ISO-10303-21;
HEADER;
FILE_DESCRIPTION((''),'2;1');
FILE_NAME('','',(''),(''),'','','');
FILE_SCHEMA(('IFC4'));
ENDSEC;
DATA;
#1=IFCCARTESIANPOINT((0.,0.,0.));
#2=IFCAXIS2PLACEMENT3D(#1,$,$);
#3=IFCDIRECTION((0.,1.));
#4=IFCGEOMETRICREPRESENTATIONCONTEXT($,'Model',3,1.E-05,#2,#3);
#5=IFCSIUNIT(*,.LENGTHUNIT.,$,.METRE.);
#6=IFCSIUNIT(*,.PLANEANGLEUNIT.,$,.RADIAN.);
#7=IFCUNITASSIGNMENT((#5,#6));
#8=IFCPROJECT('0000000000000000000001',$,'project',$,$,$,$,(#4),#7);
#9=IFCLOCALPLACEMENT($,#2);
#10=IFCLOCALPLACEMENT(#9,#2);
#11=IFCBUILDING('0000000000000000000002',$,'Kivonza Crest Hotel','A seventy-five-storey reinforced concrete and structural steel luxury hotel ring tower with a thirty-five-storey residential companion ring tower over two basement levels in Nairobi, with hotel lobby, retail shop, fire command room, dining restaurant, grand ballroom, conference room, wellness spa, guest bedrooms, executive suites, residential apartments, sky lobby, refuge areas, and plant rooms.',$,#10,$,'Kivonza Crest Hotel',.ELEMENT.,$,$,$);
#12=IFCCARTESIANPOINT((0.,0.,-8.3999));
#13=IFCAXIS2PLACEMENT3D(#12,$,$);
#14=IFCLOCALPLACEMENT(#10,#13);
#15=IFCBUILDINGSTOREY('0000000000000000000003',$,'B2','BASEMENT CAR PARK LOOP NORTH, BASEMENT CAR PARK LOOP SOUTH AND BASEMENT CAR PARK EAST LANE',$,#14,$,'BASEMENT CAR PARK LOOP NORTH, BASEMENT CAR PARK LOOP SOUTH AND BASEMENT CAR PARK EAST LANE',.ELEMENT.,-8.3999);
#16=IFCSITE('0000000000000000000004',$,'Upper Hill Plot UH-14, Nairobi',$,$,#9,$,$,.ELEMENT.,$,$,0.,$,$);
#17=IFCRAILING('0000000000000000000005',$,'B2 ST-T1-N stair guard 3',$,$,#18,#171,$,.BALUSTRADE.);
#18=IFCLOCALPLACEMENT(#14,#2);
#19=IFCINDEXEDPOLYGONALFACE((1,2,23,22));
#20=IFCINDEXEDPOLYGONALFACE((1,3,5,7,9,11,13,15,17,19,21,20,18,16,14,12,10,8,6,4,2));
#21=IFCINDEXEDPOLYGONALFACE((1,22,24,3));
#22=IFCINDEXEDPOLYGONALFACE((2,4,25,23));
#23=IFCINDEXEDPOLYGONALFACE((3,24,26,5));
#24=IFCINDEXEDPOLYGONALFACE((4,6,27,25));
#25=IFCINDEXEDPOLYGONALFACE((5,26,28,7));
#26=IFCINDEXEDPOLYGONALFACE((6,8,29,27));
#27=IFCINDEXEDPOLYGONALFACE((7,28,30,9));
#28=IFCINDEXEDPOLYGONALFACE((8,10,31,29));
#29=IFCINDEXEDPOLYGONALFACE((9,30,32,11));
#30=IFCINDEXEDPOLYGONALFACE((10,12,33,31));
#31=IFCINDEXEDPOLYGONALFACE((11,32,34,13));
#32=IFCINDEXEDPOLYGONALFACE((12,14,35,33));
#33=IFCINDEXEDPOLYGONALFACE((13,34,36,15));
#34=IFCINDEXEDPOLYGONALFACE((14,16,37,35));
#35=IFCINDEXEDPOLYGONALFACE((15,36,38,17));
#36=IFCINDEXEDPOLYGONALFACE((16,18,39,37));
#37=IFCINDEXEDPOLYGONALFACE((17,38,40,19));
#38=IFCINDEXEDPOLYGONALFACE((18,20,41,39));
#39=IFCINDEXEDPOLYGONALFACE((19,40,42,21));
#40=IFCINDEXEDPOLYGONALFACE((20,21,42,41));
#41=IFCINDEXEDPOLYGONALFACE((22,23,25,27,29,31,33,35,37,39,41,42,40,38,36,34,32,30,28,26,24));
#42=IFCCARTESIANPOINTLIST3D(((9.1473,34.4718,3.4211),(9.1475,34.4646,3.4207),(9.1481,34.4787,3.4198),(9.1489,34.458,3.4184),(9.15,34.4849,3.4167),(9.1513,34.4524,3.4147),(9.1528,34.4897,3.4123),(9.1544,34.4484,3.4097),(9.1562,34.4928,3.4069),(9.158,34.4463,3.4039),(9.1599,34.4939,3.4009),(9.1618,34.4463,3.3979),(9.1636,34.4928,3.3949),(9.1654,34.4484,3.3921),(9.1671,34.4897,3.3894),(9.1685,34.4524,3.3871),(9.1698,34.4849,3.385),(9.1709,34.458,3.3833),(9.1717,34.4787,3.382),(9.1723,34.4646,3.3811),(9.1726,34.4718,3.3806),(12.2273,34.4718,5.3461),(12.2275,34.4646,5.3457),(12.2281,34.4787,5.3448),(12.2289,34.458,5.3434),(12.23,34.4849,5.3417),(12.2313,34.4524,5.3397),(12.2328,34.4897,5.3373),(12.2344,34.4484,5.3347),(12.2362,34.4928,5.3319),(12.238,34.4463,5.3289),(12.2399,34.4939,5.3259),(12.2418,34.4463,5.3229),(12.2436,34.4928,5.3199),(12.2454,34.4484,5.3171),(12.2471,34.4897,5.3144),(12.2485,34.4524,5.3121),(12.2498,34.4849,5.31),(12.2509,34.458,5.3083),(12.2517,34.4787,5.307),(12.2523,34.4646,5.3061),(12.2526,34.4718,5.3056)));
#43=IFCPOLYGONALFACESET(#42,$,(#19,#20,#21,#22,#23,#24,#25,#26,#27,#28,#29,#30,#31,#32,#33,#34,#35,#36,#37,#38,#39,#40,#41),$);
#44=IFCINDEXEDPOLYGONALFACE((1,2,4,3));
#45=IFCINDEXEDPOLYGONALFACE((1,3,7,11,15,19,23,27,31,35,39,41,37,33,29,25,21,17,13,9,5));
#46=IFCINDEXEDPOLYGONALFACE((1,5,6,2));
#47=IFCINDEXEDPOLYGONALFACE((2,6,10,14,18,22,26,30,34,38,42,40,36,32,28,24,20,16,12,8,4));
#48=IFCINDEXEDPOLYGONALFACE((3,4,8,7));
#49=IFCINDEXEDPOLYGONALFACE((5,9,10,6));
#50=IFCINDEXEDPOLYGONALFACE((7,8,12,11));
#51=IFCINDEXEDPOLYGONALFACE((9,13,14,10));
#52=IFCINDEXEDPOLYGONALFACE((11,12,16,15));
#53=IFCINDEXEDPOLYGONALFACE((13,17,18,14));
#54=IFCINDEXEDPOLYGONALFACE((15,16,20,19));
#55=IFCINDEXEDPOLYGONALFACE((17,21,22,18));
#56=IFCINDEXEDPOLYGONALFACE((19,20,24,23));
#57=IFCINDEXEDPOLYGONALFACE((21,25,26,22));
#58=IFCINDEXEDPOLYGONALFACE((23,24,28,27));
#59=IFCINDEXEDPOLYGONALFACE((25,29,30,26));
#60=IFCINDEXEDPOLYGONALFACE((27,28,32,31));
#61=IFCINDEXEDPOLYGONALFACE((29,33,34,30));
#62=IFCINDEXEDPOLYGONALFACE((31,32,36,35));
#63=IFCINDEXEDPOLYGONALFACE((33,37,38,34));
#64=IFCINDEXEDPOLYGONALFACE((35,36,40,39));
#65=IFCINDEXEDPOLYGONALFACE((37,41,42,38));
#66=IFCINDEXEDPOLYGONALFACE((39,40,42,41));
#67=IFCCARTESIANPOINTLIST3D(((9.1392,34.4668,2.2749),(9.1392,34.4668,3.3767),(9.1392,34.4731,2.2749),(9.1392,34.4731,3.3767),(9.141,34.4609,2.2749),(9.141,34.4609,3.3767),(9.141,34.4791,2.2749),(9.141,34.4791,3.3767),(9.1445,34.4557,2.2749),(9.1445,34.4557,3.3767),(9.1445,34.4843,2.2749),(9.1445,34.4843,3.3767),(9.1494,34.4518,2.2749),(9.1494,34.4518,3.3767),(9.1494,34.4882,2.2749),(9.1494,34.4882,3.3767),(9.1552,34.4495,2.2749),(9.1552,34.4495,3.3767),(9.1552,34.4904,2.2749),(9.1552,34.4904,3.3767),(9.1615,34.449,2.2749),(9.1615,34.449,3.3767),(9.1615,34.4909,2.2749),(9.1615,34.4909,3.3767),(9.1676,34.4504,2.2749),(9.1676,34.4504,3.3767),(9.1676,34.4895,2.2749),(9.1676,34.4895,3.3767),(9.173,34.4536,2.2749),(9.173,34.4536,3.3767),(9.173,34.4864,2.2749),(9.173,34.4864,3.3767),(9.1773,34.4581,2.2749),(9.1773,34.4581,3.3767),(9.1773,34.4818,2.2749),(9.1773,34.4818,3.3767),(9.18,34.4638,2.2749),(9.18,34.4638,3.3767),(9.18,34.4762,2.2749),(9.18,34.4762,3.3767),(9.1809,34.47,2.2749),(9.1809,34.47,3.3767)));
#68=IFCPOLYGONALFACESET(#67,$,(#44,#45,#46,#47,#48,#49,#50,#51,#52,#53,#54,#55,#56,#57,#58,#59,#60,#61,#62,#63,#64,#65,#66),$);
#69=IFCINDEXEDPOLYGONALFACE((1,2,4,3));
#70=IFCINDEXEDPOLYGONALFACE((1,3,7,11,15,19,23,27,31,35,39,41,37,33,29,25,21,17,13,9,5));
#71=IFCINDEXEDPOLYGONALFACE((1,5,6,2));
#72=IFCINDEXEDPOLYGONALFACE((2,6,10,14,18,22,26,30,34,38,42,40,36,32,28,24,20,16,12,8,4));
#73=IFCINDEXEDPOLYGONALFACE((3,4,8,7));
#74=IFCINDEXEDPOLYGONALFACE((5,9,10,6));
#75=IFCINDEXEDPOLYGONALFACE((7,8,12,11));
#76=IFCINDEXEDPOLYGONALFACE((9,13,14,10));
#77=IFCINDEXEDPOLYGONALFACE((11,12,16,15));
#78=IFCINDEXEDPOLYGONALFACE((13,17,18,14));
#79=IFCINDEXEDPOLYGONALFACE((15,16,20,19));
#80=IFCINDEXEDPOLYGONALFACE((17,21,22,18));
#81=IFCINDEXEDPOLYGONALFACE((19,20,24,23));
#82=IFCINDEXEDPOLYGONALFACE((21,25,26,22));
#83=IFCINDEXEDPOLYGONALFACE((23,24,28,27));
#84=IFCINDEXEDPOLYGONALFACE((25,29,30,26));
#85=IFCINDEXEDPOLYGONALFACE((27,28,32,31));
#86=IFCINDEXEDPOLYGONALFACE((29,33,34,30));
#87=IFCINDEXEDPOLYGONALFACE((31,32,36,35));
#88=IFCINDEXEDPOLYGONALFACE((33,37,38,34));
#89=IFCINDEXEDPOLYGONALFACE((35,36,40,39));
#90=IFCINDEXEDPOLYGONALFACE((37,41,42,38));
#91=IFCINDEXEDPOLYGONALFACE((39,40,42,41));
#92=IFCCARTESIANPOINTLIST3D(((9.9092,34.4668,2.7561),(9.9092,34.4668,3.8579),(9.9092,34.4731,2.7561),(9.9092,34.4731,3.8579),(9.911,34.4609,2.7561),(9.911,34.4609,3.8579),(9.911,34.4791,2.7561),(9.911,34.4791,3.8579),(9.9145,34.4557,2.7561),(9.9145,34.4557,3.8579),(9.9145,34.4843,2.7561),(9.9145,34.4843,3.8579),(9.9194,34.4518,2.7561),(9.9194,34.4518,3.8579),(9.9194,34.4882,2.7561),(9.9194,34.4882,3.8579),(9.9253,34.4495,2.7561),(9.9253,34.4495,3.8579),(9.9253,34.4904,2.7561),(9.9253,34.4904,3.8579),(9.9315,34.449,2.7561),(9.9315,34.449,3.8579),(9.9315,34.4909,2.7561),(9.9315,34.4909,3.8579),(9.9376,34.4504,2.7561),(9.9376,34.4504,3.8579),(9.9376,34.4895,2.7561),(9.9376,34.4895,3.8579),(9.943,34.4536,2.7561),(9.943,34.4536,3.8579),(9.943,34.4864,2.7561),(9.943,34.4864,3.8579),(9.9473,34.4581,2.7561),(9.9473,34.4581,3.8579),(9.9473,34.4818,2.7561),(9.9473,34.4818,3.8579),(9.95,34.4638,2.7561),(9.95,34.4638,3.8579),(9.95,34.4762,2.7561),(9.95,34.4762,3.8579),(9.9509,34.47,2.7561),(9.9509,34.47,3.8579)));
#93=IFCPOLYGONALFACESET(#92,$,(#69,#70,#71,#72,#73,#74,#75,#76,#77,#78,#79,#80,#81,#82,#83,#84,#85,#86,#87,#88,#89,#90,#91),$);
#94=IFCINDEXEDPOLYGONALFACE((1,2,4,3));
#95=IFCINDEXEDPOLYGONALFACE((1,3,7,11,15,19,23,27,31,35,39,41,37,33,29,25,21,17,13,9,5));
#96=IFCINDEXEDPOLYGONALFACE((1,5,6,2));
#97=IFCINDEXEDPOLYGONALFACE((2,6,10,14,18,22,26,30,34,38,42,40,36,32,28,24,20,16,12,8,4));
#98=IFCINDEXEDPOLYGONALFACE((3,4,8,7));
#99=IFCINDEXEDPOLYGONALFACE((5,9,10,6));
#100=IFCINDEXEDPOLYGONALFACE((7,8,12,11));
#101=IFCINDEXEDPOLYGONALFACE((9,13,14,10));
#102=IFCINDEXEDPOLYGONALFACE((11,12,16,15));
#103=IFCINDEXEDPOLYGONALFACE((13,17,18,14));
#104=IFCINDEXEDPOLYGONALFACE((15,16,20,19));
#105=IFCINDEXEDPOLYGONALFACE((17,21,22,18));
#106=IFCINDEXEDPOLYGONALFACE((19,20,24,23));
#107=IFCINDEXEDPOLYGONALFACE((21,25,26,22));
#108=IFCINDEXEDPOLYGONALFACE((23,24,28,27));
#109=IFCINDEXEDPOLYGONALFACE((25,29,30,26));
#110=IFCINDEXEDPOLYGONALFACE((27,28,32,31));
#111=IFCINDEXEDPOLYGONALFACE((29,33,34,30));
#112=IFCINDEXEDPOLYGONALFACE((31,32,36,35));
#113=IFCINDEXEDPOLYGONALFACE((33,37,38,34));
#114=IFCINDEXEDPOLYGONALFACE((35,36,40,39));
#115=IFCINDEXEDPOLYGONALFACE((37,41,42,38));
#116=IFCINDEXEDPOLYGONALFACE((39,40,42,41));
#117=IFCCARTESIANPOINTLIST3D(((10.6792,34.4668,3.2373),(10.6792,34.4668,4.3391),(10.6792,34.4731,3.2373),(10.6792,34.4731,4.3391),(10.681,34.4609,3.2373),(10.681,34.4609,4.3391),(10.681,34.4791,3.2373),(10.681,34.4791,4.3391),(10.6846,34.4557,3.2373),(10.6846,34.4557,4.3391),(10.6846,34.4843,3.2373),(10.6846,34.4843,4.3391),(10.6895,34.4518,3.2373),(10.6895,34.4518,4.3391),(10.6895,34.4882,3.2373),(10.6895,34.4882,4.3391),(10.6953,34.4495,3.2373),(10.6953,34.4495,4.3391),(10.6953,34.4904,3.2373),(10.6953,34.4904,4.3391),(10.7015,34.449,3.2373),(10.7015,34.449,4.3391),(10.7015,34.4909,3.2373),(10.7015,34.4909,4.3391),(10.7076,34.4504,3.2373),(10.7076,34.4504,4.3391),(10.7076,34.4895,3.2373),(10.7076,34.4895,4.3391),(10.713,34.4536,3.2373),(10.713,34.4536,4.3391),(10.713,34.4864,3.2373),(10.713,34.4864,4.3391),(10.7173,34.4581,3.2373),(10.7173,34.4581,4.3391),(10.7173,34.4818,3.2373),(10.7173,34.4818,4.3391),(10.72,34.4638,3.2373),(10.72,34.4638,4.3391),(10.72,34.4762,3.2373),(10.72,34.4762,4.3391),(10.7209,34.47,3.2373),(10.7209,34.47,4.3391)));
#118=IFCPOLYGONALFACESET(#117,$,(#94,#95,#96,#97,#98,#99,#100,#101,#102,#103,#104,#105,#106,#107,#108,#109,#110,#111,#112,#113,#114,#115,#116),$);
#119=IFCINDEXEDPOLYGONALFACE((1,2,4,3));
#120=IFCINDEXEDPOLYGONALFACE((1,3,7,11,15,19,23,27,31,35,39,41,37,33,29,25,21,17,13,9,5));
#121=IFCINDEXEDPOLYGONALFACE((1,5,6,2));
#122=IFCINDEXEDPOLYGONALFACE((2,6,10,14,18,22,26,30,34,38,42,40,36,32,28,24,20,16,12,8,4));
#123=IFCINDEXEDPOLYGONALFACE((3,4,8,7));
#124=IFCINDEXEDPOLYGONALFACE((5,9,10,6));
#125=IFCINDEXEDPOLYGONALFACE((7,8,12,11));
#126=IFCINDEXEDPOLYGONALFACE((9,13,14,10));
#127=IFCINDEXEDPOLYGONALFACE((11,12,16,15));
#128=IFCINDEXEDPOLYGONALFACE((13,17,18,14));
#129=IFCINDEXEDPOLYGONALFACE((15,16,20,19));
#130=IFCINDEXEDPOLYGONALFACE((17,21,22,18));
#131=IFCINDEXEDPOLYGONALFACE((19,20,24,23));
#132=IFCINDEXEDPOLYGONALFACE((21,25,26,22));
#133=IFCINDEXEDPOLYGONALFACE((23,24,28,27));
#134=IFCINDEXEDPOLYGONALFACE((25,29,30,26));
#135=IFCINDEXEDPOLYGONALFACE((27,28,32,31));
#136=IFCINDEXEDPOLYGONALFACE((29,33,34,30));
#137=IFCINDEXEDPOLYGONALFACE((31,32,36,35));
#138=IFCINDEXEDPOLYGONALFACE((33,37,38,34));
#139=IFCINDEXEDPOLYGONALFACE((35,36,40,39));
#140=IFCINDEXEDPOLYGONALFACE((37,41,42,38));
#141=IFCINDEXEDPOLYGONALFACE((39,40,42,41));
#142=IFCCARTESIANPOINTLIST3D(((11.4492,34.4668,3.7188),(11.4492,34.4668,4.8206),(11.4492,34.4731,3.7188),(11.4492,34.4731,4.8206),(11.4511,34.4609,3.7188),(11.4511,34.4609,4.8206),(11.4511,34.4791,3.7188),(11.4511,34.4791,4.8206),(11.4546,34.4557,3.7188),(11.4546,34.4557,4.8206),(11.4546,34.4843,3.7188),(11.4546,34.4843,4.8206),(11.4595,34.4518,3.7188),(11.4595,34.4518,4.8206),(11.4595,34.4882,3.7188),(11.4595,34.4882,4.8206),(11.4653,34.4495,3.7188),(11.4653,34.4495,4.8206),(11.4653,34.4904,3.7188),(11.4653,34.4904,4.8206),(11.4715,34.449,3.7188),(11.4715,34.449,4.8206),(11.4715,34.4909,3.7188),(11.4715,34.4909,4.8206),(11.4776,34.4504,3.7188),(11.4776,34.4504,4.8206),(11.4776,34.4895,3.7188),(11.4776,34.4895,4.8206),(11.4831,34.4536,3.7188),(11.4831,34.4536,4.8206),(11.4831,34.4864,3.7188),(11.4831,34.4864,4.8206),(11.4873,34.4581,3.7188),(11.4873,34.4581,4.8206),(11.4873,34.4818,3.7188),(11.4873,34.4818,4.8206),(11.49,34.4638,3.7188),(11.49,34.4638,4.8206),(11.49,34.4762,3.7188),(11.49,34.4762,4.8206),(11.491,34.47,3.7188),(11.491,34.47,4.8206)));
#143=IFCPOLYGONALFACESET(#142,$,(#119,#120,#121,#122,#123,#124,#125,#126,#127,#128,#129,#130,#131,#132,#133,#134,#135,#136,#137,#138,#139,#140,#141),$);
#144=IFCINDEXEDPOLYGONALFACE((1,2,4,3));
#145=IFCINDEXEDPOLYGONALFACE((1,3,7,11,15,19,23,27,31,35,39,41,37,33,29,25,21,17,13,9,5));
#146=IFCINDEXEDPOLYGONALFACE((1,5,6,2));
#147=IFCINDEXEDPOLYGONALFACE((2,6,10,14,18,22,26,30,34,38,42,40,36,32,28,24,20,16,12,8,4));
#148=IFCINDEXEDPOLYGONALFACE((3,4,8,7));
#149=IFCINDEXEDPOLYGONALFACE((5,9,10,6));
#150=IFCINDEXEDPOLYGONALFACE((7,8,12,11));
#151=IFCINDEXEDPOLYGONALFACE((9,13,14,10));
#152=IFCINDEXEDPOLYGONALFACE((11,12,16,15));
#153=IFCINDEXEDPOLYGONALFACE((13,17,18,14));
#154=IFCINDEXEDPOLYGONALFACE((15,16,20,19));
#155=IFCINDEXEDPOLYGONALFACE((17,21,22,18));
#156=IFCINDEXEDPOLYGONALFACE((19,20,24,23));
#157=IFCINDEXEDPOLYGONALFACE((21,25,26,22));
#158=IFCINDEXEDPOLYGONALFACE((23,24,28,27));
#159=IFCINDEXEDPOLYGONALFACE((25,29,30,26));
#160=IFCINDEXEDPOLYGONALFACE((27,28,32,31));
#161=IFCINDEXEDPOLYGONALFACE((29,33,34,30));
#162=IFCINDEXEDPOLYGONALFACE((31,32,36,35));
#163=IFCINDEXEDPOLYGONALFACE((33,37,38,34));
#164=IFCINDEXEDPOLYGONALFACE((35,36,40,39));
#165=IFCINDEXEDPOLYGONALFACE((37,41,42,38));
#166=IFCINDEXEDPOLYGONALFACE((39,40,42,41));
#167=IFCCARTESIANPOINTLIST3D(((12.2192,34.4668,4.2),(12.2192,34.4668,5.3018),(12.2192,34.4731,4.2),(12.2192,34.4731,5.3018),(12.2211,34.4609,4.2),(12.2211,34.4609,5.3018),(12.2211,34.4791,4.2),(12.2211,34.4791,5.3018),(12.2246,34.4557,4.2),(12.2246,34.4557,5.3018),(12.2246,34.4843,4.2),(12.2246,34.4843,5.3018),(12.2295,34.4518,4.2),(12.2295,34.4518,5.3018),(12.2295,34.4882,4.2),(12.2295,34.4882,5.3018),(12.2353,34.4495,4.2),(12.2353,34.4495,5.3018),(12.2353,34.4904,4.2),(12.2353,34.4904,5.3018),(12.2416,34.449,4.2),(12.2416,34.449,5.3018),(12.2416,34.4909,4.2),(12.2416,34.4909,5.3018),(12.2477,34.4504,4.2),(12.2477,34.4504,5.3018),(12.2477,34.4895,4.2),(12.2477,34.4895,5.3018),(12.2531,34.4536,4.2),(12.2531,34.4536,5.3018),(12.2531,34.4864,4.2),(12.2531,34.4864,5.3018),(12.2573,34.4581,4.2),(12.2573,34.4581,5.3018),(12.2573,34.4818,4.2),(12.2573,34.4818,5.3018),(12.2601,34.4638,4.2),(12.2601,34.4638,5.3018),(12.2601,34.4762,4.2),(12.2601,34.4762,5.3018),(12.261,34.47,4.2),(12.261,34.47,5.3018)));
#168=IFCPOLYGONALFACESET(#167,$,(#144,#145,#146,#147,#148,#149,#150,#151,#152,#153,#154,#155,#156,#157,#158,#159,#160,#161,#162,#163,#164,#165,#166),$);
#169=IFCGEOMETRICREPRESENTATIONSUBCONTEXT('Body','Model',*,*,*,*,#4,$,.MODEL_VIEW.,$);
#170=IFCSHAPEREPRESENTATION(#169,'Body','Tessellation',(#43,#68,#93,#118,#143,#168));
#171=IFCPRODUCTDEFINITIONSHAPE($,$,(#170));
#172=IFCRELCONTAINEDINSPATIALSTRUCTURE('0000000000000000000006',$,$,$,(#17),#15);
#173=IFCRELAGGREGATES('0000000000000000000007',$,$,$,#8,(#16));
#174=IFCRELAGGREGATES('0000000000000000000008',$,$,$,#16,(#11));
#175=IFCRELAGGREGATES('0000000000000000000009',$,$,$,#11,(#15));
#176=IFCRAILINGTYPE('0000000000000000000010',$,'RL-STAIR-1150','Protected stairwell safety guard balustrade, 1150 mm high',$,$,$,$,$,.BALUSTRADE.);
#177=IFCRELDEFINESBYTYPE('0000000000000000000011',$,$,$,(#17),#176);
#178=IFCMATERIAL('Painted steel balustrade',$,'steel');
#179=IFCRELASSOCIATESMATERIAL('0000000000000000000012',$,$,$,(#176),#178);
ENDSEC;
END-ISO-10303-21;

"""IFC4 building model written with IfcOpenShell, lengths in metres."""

from ifc_helpers import new_model, si_unit, direction, frame, origin, origin_2d, place, context, subcontext, project, spatial, circle, extrude, material, type_object, element, save


model = new_model("IFC4")

# Units and contexts
model_context = context("Model", 3, precision=1e-05, world=origin(), true_north=direction((0.0, 1.0)))
body_context = subcontext(model_context, "Body", "Model", "MODEL_VIEW")
ifc_project = project(units=[si_unit("LENGTHUNIT", "METRE"), si_unit("PLANEANGLEUNIT", "RADIAN")], contexts=[model_context])

# Site, building, storey
site_placement = place(None, origin())
site = spatial("IfcSite", under=ifc_project, at=site_placement, Name="Upper Hill Plot UH-14, Nairobi", CompositionType="ELEMENT", RefElevation=0.0)
building_placement = place(site_placement, origin())
building = spatial("IfcBuilding", under=site, at=building_placement, Name="Kivonza Crest Hotel", Description="A seventy-five-storey reinforced concrete and structural steel luxury hotel ring tower with a thirty-five-storey residential companion ring tower over two basement levels in Nairobi, with hotel lobby, retail shop, fire command room, dining restaurant, grand ballroom, conference room, wellness spa, guest bedrooms, executive suites, residential apartments, sky lobby, refuge areas, and plant rooms.", LongName="Kivonza Crest Hotel", CompositionType="ELEMENT")
storey_placement = place(building_placement, frame((0.0, 0.0, -8.3999)))
storey = spatial("IfcBuildingStorey", under=building, at=storey_placement, Name="B2", Description="BASEMENT CAR PARK LOOP NORTH, BASEMENT CAR PARK LOOP SOUTH AND BASEMENT CAR PARK EAST LANE", LongName="BASEMENT CAR PARK LOOP NORTH, BASEMENT CAR PARK LOOP SOUTH AND BASEMENT CAR PARK EAST LANE", CompositionType="ELEMENT", Elevation=-8.3999)

# Railing
ifc_material_1 = material(Name="Painted steel balustrade", Category="steel")
railing_type_1 = type_object("IfcRailingType", Name="RL-STAIR-1150", Description="Protected stairwell safety guard balustrade, 1150 mm high", PredefinedType="BALUSTRADE", material=ifc_material_1)
railing_1_placement = place(storey_placement, frame((9.1599, 34.47, 2.2749)))
element("IfcRailing", 1, at=railing_1_placement, inside=storey, type_object=railing_type_1, Name="B2 ST-T1-N stair guard 3", PredefinedType="BALUSTRADE", context=body_context, shape_type="SweptSolid", body=[
    extrude(circle(Radius=0.0239, at=origin_2d()), frame((0.0, 0.0, 1.126), z_axis=(0.847998, 0.0, 0.529999), x_axis=(0.0, 1.0, 0.0)), (0.0, 0.0, 1.0), 3.6321),
    extrude(circle(Radius=0.021, at=origin_2d()), origin(), (0.0, 0.0, 1.0), 1.1018),
    extrude(circle(Radius=0.021, at=origin_2d()), frame((0.77, 0.0, 0.4812)), (0.0, 0.0, 1.0), 1.1018),
    extrude(circle(Radius=0.021, at=origin_2d()), frame((1.54, 0.0, 0.9624)), (0.0, 0.0, 1.0), 1.1018),
    extrude(circle(Radius=0.021, at=origin_2d()), frame((2.3101, 0.0, 1.4438)), (0.0, 0.0, 1.0), 1.1018),
    extrude(circle(Radius=0.021, at=origin_2d()), frame((3.0801, 0.0, 1.925)), (0.0, 0.0, 1.0), 1.1018),
])

save(model, "model.ifc")
